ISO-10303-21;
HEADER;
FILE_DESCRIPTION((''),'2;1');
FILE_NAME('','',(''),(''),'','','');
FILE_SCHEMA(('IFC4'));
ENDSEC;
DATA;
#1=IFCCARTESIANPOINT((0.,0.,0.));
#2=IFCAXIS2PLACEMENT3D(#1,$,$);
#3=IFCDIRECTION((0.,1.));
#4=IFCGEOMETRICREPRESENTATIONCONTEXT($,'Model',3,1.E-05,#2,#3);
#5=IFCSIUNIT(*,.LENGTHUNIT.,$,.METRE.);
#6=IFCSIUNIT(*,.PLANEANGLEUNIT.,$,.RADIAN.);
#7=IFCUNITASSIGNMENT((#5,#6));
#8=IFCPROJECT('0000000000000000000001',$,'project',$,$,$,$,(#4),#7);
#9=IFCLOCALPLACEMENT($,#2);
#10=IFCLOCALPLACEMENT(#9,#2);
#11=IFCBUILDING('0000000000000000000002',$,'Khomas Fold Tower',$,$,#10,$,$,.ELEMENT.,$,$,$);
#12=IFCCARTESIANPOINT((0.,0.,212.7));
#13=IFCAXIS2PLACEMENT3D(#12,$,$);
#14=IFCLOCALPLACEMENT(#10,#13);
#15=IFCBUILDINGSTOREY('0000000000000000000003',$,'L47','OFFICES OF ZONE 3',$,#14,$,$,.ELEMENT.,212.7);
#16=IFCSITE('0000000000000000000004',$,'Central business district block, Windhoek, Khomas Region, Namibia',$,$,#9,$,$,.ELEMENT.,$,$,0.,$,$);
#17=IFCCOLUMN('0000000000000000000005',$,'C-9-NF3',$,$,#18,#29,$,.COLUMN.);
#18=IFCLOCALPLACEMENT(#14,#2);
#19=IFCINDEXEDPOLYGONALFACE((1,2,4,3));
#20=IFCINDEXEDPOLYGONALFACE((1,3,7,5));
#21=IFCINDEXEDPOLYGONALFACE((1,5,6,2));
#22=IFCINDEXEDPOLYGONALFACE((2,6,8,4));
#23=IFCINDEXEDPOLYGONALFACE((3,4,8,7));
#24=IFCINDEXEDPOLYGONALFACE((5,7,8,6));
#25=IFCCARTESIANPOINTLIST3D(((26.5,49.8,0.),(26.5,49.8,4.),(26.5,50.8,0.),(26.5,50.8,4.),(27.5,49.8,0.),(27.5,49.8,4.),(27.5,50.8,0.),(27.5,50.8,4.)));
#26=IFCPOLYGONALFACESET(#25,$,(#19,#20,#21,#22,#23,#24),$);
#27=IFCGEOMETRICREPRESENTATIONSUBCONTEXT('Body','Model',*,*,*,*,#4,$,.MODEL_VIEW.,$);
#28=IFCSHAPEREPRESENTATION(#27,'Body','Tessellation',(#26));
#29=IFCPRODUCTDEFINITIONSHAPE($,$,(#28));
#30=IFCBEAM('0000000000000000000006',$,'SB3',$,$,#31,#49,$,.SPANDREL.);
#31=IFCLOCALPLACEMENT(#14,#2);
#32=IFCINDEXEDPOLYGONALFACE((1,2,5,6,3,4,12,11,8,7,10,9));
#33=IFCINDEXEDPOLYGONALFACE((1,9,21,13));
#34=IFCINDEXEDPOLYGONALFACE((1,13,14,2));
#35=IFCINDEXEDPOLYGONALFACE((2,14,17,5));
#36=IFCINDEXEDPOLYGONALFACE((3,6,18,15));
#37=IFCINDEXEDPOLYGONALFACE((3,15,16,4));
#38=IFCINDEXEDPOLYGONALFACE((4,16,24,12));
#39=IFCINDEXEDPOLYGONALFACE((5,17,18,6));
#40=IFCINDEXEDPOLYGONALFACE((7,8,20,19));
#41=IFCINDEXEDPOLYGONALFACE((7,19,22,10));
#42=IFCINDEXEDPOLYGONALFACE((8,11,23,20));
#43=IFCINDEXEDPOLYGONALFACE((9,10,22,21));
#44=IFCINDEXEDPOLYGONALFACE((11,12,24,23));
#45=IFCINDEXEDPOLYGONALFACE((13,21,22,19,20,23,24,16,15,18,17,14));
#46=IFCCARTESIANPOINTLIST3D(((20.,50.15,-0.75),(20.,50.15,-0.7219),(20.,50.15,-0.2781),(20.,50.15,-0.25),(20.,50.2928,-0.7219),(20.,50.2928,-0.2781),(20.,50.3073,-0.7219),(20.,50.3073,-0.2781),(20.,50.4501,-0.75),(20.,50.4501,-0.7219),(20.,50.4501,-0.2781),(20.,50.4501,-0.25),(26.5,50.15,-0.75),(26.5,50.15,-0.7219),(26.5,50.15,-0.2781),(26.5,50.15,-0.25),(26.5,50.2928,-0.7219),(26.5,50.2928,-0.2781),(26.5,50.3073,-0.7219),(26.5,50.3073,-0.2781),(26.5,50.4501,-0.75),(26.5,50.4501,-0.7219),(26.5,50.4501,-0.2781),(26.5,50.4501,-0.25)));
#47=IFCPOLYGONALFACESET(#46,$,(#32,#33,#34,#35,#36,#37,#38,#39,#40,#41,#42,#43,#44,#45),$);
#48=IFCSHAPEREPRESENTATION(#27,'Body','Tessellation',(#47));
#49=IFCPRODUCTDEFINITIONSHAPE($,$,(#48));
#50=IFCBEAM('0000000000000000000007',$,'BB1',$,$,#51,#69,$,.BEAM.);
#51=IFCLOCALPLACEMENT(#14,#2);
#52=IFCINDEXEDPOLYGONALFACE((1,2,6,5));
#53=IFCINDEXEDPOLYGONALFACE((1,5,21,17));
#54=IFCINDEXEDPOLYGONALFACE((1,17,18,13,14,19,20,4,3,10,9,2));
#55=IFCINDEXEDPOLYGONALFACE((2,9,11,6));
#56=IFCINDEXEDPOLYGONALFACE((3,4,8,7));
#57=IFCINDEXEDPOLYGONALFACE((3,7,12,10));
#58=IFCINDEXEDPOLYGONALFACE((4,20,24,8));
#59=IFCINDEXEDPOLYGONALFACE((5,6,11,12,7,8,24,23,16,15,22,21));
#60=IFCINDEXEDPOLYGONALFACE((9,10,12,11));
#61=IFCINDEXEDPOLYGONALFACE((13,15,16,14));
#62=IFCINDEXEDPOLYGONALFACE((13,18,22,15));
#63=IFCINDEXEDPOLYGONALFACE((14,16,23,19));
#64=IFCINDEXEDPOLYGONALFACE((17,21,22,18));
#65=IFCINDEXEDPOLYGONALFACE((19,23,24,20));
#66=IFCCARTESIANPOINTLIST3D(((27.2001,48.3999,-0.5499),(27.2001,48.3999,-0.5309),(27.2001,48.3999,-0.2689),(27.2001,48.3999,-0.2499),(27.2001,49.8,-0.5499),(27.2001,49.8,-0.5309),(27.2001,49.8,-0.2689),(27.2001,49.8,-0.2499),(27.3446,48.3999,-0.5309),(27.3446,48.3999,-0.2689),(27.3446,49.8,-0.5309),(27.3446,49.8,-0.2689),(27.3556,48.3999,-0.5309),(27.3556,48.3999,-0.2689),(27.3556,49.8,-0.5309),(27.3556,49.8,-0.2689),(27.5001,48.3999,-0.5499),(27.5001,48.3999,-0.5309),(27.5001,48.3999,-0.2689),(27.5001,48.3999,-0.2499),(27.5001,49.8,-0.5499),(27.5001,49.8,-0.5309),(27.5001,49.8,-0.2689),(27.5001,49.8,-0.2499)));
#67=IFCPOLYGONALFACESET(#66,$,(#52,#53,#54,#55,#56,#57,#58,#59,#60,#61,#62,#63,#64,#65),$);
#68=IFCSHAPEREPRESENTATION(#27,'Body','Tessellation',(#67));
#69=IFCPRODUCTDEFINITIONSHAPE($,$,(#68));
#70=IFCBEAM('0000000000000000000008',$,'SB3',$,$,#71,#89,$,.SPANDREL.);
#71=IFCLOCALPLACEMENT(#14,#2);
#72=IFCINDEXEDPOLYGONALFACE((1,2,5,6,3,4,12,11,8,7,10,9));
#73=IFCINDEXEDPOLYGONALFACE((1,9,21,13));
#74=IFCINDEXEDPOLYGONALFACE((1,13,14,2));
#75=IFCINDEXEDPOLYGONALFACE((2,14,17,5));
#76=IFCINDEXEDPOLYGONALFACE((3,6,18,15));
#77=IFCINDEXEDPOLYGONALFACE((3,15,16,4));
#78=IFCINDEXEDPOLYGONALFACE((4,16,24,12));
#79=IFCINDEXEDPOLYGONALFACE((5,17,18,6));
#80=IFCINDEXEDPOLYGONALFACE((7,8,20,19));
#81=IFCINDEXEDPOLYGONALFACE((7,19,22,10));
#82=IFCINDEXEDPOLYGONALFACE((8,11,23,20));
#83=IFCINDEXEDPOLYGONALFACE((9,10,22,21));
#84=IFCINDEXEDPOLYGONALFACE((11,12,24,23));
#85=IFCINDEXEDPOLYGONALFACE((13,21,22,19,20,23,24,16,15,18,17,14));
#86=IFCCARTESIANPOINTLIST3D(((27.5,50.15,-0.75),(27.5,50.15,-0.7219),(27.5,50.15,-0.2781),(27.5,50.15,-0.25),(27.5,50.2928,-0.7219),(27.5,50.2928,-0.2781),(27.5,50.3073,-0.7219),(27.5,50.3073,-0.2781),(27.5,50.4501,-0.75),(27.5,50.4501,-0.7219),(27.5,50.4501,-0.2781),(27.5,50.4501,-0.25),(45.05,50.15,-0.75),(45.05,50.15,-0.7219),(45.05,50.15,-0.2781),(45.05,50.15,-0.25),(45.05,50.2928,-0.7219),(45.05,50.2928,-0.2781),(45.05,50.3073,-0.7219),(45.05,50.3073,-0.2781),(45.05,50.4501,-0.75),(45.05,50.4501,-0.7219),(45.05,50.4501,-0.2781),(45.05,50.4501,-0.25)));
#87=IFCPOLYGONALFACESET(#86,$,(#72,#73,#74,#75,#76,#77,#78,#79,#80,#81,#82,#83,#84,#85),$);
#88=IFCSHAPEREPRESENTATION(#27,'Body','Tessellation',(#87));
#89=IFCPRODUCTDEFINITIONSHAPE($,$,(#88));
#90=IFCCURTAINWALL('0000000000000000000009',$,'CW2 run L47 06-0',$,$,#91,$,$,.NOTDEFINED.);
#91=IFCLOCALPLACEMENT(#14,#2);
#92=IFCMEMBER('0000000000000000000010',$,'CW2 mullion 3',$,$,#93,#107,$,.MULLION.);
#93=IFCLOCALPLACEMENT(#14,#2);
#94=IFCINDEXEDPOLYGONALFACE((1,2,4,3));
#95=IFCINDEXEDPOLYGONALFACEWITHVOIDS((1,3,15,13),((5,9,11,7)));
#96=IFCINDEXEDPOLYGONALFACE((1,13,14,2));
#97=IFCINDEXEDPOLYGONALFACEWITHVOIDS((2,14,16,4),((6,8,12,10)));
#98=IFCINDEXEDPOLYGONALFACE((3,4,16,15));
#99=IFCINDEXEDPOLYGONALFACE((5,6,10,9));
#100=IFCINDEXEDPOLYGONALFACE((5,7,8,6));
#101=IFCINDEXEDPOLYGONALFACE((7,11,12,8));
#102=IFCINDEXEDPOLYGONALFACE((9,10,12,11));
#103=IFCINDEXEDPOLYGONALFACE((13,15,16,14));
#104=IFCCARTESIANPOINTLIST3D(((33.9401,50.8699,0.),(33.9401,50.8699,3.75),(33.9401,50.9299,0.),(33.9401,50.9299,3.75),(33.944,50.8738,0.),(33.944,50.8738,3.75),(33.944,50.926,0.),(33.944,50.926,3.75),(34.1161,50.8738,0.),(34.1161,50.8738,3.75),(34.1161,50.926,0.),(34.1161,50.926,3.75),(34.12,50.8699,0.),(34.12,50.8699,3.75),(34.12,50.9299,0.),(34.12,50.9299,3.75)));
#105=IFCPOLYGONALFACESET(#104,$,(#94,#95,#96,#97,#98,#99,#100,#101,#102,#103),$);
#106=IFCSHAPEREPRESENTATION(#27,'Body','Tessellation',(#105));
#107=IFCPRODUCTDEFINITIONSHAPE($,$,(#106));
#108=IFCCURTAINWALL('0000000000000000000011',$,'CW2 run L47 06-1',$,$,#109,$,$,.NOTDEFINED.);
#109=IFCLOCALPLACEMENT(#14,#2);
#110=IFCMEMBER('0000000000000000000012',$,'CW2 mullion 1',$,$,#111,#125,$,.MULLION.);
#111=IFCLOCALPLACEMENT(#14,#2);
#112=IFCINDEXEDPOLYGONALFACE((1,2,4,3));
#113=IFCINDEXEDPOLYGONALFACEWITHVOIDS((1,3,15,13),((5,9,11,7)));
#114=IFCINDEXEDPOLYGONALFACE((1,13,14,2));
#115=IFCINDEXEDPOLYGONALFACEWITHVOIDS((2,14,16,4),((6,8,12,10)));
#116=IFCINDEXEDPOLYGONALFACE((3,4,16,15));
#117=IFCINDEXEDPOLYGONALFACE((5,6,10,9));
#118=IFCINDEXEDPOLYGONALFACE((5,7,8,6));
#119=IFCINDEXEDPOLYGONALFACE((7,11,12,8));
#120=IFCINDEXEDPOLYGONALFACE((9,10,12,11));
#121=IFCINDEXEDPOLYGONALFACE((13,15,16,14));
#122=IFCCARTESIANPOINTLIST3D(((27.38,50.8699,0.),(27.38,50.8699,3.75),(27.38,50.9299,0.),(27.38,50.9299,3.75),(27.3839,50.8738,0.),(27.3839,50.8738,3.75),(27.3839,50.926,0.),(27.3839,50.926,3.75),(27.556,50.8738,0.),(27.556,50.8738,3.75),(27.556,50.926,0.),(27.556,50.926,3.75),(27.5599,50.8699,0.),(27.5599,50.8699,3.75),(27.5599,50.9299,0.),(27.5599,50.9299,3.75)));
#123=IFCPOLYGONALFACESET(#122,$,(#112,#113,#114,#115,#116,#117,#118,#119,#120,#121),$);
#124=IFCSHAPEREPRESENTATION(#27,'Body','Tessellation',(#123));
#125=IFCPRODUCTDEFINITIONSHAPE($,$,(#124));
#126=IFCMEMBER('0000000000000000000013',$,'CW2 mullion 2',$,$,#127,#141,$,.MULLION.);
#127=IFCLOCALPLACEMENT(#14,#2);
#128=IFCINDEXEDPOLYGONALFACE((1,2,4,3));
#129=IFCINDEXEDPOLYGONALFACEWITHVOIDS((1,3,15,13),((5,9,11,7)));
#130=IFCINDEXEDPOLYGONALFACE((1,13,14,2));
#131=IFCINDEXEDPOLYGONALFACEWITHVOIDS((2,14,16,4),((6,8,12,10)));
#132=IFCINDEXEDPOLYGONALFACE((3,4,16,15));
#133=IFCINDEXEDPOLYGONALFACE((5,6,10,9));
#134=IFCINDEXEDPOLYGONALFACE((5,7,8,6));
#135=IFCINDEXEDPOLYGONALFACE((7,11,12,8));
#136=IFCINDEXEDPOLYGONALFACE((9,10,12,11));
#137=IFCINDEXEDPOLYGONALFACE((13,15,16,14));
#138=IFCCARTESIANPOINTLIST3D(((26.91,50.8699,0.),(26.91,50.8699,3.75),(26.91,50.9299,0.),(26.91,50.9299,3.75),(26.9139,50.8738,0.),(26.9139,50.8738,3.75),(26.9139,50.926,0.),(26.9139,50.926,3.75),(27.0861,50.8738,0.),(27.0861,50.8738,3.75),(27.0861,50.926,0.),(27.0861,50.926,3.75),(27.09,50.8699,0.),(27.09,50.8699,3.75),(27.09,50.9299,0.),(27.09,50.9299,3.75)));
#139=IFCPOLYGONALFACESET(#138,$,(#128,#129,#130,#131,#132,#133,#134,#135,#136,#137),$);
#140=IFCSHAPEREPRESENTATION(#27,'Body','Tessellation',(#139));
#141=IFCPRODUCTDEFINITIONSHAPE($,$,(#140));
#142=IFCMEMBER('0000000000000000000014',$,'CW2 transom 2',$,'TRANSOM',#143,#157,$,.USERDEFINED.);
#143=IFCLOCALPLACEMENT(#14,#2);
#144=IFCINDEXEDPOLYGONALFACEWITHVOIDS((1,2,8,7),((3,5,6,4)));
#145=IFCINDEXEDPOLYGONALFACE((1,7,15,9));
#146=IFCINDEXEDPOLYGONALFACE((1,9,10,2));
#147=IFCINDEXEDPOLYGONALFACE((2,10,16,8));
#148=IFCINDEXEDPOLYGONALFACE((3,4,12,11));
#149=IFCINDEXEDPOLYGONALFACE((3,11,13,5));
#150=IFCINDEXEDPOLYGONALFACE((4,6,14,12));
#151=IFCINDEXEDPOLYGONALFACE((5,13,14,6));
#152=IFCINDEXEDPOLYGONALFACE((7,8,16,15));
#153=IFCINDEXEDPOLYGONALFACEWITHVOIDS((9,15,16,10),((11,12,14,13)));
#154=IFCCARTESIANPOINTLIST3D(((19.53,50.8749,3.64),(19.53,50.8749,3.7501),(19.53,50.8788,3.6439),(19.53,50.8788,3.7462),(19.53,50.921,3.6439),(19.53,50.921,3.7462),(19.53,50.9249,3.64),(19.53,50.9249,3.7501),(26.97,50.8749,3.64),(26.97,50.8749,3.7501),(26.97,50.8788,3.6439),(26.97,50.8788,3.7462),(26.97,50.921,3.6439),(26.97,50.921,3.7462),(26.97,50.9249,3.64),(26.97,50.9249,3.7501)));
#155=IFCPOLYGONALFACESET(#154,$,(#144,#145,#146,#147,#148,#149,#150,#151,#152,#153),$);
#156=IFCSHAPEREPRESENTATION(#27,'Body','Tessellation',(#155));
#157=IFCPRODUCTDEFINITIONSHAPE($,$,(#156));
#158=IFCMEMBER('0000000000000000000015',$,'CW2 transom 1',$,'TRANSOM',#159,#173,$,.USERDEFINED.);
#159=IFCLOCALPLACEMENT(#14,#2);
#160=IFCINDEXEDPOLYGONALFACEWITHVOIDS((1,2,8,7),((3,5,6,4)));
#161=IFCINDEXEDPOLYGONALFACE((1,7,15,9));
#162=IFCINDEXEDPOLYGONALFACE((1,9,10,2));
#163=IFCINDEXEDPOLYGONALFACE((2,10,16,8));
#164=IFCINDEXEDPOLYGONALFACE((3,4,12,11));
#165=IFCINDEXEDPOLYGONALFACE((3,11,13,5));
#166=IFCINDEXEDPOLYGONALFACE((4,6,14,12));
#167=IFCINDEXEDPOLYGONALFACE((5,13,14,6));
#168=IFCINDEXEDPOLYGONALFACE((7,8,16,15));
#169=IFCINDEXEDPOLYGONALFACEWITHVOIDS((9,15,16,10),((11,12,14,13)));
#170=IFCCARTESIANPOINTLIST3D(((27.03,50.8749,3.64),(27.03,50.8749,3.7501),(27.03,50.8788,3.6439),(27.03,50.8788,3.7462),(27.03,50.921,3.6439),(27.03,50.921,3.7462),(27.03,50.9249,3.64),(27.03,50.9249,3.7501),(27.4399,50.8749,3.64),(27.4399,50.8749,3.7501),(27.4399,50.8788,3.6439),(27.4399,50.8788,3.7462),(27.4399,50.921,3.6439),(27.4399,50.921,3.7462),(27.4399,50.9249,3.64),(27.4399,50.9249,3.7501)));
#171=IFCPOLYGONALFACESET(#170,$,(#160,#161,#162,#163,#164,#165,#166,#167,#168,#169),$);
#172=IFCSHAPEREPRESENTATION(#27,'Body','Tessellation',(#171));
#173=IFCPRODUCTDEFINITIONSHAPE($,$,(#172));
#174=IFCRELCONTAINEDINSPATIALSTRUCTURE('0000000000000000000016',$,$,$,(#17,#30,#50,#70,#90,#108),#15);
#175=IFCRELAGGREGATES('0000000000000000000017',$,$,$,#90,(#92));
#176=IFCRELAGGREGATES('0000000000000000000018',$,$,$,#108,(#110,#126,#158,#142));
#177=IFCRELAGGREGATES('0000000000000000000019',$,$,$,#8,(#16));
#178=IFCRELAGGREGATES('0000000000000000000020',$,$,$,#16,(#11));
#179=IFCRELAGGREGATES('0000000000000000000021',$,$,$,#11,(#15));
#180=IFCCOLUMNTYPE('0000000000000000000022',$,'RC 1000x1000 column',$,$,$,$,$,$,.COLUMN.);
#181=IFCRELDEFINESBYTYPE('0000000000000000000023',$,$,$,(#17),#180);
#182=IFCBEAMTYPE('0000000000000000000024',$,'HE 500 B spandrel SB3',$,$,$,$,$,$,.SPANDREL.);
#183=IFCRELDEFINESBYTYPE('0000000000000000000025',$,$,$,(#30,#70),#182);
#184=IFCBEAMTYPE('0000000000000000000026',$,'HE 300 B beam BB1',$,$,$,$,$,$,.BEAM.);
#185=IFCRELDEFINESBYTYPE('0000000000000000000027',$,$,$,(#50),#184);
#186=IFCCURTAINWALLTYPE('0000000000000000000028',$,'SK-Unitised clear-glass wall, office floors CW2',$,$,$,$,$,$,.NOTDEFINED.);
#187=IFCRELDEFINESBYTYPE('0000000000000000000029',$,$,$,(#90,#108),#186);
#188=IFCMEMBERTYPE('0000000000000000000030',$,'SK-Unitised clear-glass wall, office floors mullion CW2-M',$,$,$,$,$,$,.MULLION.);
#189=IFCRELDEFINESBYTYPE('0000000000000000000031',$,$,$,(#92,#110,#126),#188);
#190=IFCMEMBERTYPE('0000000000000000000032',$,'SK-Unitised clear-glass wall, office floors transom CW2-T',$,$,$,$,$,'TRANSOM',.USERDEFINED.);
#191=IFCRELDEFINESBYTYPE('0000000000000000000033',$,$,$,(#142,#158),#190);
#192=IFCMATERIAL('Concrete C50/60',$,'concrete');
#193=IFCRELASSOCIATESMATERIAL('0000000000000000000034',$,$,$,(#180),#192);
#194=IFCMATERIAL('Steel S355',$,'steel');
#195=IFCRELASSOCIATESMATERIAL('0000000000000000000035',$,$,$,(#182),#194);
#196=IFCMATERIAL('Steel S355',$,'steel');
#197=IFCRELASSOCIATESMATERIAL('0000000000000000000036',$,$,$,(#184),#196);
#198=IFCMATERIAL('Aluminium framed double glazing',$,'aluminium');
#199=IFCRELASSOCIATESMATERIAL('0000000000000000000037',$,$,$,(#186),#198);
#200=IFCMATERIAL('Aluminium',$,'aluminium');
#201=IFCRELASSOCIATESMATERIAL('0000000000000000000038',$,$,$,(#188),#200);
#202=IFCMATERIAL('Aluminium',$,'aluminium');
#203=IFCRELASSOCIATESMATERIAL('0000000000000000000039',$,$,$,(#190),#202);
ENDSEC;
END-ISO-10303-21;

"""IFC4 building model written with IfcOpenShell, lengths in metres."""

from ifc_helpers import new_model, si_unit, direction, frame, origin, origin_2d, place, context, subcontext, project, spatial, rectangle, hollow_rectangle, i_section, extrude, source, transform, mapped, material, material_profile, profile_set, type_object, element, aggregate, save


model = new_model("IFC4")

# Units and contexts
model_context = context("Model", 3, precision=1e-05, world=origin(), true_north=direction((0.0, 1.0)))
body_context = subcontext(model_context, "Body", "Model", "MODEL_VIEW")
ifc_project = project(units=[si_unit("LENGTHUNIT", "METRE"), si_unit("PLANEANGLEUNIT", "RADIAN")], contexts=[model_context])

# Site, building, storey
site_placement = place(None, origin())
site = spatial("IfcSite", under=ifc_project, at=site_placement, Name="Central business district block, Windhoek, Khomas Region, Namibia", CompositionType="ELEMENT", RefElevation=0.0)
building_placement = place(site_placement, origin())
building = spatial("IfcBuilding", under=site, at=building_placement, Name="Khomas Fold Tower", CompositionType="ELEMENT")
storey_placement = place(building_placement, frame((0.0, 0.0, 212.7)))
storey = spatial("IfcBuildingStorey", under=building, at=storey_placement, Name="L47", Description="OFFICES OF ZONE 3", CompositionType="ELEMENT", Elevation=212.7)

# Column
ifc_material_1 = material(Name="Concrete C50/60", Category="concrete")
ifc_material_profile_1 = material_profile(ifc_material_1, rectangle(XDim=1.0, YDim=1.0, at=origin_2d()), Name="RC 1000x1000")
ifc_profile_set_1 = profile_set([ifc_material_profile_1], Name="Concrete C50/60")
column_type = type_object("IfcColumnType", Name="RC 1000x1000 column", PredefinedType="COLUMN", material=ifc_profile_set_1)
shared_shape_1 = source(origin(), body_context, "Body", "SweptSolid", [
    extrude(rectangle(XDim=1.0, YDim=1.0, at=origin_2d()), origin(), (0.0, 0.0, 1.0), 4.0),
])
column_placement = place(storey_placement, frame((27.0, 50.3, 0.0), z_axis=(0.0, 0.0, 1.0), x_axis=(1.0, 0.0, 0.0)))
element("IfcColumn", 1, at=column_placement, inside=storey, type_object=column_type, Name="C-9-NF3", PredefinedType="COLUMN", context=body_context, shape_type="MappedRepresentation", body=[
    mapped(shared_shape_1, transform((0.0, 0.0, 0.0))),
])

# Beams
ifc_material_2 = material(Name="Steel S355", Category="steel")
ifc_material_profile_2 = material_profile(ifc_material_2, i_section(OverallWidth=0.3, OverallDepth=0.5, WebThickness=0.0144, FlangeThickness=0.0281, at=origin_2d()), Name="HE 500 B")
ifc_profile_set_2 = profile_set([ifc_material_profile_2], Name="Steel S355")
beam_type_1 = type_object("IfcBeamType", Name="HE 500 B spandrel SB3", PredefinedType="SPANDREL", material=ifc_profile_set_2)
shared_shape_2 = source(origin(), body_context, "Body", "SweptSolid", [
    extrude(i_section(OverallWidth=0.3, OverallDepth=0.5, WebThickness=0.0144, FlangeThickness=0.0281, at=origin_2d()), origin(), (0.0, 0.0, 1.0), 6.5),
])
beam_1_placement = place(storey_placement, frame((20.0, 50.3, -0.5), z_axis=(1.0, 0.0, 0.0), x_axis=(0.0, 1.0, 0.0)))
element("IfcBeam", 2, at=beam_1_placement, inside=storey, type_object=beam_type_1, Name="SB3", PredefinedType="SPANDREL", context=body_context, shape_type="MappedRepresentation", body=[
    mapped(shared_shape_2, transform((0.0, 0.0, 0.0))),
])
ifc_material_3 = material(Name="Steel S355", Category="steel")
ifc_material_profile_3 = material_profile(ifc_material_3, i_section(OverallWidth=0.3, OverallDepth=0.3, WebThickness=0.011, FlangeThickness=0.019, at=origin_2d()), Name="HE 300 B")
ifc_profile_set_3 = profile_set([ifc_material_profile_3], Name="Steel S355")
beam_type_2 = type_object("IfcBeamType", Name="HE 300 B beam BB1", PredefinedType="BEAM", material=ifc_profile_set_3)
shared_shape_3 = source(origin(), body_context, "Body", "SweptSolid", [
    extrude(i_section(OverallWidth=0.3, OverallDepth=0.3, WebThickness=0.011, FlangeThickness=0.019, at=origin_2d()), origin(), (0.0, 0.0, 1.0), 1.4001),
])
beam_2_placement = place(storey_placement, frame((27.3501, 48.3999, -0.3999), z_axis=(0.0, 1.0, 0.0), x_axis=(-1.0, 0.0, 0.0)))
element("IfcBeam", 3, at=beam_2_placement, inside=storey, type_object=beam_type_2, Name="BB1", PredefinedType="BEAM", context=body_context, shape_type="MappedRepresentation", body=[
    mapped(shared_shape_3, transform((0.0, 0.0, 0.0))),
])
shared_shape_4 = source(origin(), body_context, "Body", "SweptSolid", [
    extrude(i_section(OverallWidth=0.3, OverallDepth=0.5, WebThickness=0.0144, FlangeThickness=0.0281, at=origin_2d()), origin(), (0.0, 0.0, 1.0), 17.55),
])
beam_3_placement = place(storey_placement, frame((27.5, 50.3, -0.5), z_axis=(1.0, 0.0, 0.0), x_axis=(0.0, 1.0, 0.0)))
element("IfcBeam", 4, at=beam_3_placement, inside=storey, type_object=beam_type_1, Name="SB3", PredefinedType="SPANDREL", context=body_context, shape_type="MappedRepresentation", body=[
    mapped(shared_shape_4, transform((0.0, 0.0, 0.0))),
])

# Curtain wall, member
ifc_material_4 = material(Name="Aluminium framed double glazing", Category="aluminium")
curtain_wall_type = type_object("IfcCurtainWallType", Name="SK-Unitised clear-glass wall, office floors CW2", PredefinedType="NOTDEFINED", material=ifc_material_4)
curtain_wall_1_placement = place(storey_placement, origin())
curtain_wall_1 = element("IfcCurtainWall", 5, at=curtain_wall_1_placement, inside=storey, type_object=curtain_wall_type, Name="CW2 run L47 06-0", PredefinedType="NOTDEFINED")
ifc_material_5 = material(Name="Aluminium", Category="aluminium")
ifc_material_profile_4 = material_profile(ifc_material_5, hollow_rectangle(XDim=0.0601, YDim=0.1799, WallThickness=0.0039, at=origin_2d()), Name="SK-Unitised clear-glass wall, office floors mullion CW2-M")
ifc_profile_set_4 = profile_set([ifc_material_profile_4], Name="Aluminium")
member_type_1 = type_object("IfcMemberType", Name="SK-Unitised clear-glass wall, office floors mullion CW2-M", PredefinedType="MULLION", material=ifc_profile_set_4)
shared_shape_5 = source(origin(), body_context, "Body", "SweptSolid", [
    extrude(hollow_rectangle(XDim=0.0601, YDim=0.1799, WallThickness=0.0039, at=origin_2d()), origin(), (0.0, 0.0, 1.0), 3.75),
])
member_1_placement = place(storey_placement, frame((34.03, 50.8999, 0.0), z_axis=(0.0, 0.0, 1.0), x_axis=(0.0, -1.0, 0.0)))
member_1 = element("IfcMember", 6, at=member_1_placement, type_object=member_type_1, Name="CW2 mullion 3", PredefinedType="MULLION", context=body_context, shape_type="MappedRepresentation", body=[
    mapped(shared_shape_5, transform((0.0, 0.0, 0.0))),
])
aggregate(curtain_wall_1, [member_1])

# Curtain wall, members
curtain_wall_2_placement = place(storey_placement, origin())
curtain_wall_2 = element("IfcCurtainWall", 7, at=curtain_wall_2_placement, inside=storey, type_object=curtain_wall_type, Name="CW2 run L47 06-1", PredefinedType="NOTDEFINED")
member_2_placement = place(storey_placement, frame((27.47, 50.8999, 0.0), z_axis=(0.0, 0.0, 1.0), x_axis=(0.0, -1.0, 0.0)))
member_2 = element("IfcMember", 8, at=member_2_placement, type_object=member_type_1, Name="CW2 mullion 1", PredefinedType="MULLION", context=body_context, shape_type="MappedRepresentation", body=[
    mapped(shared_shape_5, transform((0.0, 0.0, 0.0))),
])
member_3_placement = place(storey_placement, frame((27.0, 50.8999, 0.0), z_axis=(0.0, 0.0, 1.0), x_axis=(0.0, -1.0, 0.0)))
member_3 = element("IfcMember", 9, at=member_3_placement, type_object=member_type_1, Name="CW2 mullion 2", PredefinedType="MULLION", context=body_context, shape_type="MappedRepresentation", body=[
    mapped(shared_shape_5, transform((0.0, 0.0, 0.0))),
])
ifc_material_6 = material(Name="Aluminium", Category="aluminium")
ifc_material_profile_5 = material_profile(ifc_material_6, hollow_rectangle(XDim=0.05, YDim=0.1101, WallThickness=0.0039, at=origin_2d()), Name="SK-Unitised clear-glass wall, office floors transom CW2-T")
ifc_profile_set_5 = profile_set([ifc_material_profile_5], Name="Aluminium")
member_type_2 = type_object("IfcMemberType", Name="SK-Unitised clear-glass wall, office floors transom CW2-T", ElementType="TRANSOM", PredefinedType="USERDEFINED", material=ifc_profile_set_5)
shared_shape_6 = source(origin(), body_context, "Body", "SweptSolid", [
    extrude(hollow_rectangle(XDim=0.05, YDim=0.1101, WallThickness=0.0039, at=origin_2d()), origin(), (0.0, 0.0, 1.0), 7.4399),
])
member_4_placement = place(storey_placement, frame((26.97, 50.8999, 3.6951), z_axis=(-1.0, 0.0, 0.0), x_axis=(0.0, -1.0, 0.0)))
member_4 = element("IfcMember", 10, at=member_4_placement, type_object=member_type_2, Name="CW2 transom 2", ObjectType="TRANSOM", PredefinedType="USERDEFINED", context=body_context, shape_type="MappedRepresentation", body=[
    mapped(shared_shape_6, transform((0.0, 0.0, 0.0))),
])
shared_shape_7 = source(origin(), body_context, "Body", "SweptSolid", [
    extrude(hollow_rectangle(XDim=0.05, YDim=0.1101, WallThickness=0.0039, at=origin_2d()), origin(), (0.0, 0.0, 1.0), 0.4099),
])
member_5_placement = place(storey_placement, frame((27.4399, 50.8999, 3.6951), z_axis=(-1.0, 0.0, 0.0), x_axis=(0.0, -1.0, 0.0)))
member_5 = element("IfcMember", 11, at=member_5_placement, type_object=member_type_2, Name="CW2 transom 1", ObjectType="TRANSOM", PredefinedType="USERDEFINED", context=body_context, shape_type="MappedRepresentation", body=[
    mapped(shared_shape_7, transform((0.0, 0.0, 0.0))),
])

aggregate(curtain_wall_2, [member_2, member_3, member_5, member_4])

save(model, "model.ifc")
